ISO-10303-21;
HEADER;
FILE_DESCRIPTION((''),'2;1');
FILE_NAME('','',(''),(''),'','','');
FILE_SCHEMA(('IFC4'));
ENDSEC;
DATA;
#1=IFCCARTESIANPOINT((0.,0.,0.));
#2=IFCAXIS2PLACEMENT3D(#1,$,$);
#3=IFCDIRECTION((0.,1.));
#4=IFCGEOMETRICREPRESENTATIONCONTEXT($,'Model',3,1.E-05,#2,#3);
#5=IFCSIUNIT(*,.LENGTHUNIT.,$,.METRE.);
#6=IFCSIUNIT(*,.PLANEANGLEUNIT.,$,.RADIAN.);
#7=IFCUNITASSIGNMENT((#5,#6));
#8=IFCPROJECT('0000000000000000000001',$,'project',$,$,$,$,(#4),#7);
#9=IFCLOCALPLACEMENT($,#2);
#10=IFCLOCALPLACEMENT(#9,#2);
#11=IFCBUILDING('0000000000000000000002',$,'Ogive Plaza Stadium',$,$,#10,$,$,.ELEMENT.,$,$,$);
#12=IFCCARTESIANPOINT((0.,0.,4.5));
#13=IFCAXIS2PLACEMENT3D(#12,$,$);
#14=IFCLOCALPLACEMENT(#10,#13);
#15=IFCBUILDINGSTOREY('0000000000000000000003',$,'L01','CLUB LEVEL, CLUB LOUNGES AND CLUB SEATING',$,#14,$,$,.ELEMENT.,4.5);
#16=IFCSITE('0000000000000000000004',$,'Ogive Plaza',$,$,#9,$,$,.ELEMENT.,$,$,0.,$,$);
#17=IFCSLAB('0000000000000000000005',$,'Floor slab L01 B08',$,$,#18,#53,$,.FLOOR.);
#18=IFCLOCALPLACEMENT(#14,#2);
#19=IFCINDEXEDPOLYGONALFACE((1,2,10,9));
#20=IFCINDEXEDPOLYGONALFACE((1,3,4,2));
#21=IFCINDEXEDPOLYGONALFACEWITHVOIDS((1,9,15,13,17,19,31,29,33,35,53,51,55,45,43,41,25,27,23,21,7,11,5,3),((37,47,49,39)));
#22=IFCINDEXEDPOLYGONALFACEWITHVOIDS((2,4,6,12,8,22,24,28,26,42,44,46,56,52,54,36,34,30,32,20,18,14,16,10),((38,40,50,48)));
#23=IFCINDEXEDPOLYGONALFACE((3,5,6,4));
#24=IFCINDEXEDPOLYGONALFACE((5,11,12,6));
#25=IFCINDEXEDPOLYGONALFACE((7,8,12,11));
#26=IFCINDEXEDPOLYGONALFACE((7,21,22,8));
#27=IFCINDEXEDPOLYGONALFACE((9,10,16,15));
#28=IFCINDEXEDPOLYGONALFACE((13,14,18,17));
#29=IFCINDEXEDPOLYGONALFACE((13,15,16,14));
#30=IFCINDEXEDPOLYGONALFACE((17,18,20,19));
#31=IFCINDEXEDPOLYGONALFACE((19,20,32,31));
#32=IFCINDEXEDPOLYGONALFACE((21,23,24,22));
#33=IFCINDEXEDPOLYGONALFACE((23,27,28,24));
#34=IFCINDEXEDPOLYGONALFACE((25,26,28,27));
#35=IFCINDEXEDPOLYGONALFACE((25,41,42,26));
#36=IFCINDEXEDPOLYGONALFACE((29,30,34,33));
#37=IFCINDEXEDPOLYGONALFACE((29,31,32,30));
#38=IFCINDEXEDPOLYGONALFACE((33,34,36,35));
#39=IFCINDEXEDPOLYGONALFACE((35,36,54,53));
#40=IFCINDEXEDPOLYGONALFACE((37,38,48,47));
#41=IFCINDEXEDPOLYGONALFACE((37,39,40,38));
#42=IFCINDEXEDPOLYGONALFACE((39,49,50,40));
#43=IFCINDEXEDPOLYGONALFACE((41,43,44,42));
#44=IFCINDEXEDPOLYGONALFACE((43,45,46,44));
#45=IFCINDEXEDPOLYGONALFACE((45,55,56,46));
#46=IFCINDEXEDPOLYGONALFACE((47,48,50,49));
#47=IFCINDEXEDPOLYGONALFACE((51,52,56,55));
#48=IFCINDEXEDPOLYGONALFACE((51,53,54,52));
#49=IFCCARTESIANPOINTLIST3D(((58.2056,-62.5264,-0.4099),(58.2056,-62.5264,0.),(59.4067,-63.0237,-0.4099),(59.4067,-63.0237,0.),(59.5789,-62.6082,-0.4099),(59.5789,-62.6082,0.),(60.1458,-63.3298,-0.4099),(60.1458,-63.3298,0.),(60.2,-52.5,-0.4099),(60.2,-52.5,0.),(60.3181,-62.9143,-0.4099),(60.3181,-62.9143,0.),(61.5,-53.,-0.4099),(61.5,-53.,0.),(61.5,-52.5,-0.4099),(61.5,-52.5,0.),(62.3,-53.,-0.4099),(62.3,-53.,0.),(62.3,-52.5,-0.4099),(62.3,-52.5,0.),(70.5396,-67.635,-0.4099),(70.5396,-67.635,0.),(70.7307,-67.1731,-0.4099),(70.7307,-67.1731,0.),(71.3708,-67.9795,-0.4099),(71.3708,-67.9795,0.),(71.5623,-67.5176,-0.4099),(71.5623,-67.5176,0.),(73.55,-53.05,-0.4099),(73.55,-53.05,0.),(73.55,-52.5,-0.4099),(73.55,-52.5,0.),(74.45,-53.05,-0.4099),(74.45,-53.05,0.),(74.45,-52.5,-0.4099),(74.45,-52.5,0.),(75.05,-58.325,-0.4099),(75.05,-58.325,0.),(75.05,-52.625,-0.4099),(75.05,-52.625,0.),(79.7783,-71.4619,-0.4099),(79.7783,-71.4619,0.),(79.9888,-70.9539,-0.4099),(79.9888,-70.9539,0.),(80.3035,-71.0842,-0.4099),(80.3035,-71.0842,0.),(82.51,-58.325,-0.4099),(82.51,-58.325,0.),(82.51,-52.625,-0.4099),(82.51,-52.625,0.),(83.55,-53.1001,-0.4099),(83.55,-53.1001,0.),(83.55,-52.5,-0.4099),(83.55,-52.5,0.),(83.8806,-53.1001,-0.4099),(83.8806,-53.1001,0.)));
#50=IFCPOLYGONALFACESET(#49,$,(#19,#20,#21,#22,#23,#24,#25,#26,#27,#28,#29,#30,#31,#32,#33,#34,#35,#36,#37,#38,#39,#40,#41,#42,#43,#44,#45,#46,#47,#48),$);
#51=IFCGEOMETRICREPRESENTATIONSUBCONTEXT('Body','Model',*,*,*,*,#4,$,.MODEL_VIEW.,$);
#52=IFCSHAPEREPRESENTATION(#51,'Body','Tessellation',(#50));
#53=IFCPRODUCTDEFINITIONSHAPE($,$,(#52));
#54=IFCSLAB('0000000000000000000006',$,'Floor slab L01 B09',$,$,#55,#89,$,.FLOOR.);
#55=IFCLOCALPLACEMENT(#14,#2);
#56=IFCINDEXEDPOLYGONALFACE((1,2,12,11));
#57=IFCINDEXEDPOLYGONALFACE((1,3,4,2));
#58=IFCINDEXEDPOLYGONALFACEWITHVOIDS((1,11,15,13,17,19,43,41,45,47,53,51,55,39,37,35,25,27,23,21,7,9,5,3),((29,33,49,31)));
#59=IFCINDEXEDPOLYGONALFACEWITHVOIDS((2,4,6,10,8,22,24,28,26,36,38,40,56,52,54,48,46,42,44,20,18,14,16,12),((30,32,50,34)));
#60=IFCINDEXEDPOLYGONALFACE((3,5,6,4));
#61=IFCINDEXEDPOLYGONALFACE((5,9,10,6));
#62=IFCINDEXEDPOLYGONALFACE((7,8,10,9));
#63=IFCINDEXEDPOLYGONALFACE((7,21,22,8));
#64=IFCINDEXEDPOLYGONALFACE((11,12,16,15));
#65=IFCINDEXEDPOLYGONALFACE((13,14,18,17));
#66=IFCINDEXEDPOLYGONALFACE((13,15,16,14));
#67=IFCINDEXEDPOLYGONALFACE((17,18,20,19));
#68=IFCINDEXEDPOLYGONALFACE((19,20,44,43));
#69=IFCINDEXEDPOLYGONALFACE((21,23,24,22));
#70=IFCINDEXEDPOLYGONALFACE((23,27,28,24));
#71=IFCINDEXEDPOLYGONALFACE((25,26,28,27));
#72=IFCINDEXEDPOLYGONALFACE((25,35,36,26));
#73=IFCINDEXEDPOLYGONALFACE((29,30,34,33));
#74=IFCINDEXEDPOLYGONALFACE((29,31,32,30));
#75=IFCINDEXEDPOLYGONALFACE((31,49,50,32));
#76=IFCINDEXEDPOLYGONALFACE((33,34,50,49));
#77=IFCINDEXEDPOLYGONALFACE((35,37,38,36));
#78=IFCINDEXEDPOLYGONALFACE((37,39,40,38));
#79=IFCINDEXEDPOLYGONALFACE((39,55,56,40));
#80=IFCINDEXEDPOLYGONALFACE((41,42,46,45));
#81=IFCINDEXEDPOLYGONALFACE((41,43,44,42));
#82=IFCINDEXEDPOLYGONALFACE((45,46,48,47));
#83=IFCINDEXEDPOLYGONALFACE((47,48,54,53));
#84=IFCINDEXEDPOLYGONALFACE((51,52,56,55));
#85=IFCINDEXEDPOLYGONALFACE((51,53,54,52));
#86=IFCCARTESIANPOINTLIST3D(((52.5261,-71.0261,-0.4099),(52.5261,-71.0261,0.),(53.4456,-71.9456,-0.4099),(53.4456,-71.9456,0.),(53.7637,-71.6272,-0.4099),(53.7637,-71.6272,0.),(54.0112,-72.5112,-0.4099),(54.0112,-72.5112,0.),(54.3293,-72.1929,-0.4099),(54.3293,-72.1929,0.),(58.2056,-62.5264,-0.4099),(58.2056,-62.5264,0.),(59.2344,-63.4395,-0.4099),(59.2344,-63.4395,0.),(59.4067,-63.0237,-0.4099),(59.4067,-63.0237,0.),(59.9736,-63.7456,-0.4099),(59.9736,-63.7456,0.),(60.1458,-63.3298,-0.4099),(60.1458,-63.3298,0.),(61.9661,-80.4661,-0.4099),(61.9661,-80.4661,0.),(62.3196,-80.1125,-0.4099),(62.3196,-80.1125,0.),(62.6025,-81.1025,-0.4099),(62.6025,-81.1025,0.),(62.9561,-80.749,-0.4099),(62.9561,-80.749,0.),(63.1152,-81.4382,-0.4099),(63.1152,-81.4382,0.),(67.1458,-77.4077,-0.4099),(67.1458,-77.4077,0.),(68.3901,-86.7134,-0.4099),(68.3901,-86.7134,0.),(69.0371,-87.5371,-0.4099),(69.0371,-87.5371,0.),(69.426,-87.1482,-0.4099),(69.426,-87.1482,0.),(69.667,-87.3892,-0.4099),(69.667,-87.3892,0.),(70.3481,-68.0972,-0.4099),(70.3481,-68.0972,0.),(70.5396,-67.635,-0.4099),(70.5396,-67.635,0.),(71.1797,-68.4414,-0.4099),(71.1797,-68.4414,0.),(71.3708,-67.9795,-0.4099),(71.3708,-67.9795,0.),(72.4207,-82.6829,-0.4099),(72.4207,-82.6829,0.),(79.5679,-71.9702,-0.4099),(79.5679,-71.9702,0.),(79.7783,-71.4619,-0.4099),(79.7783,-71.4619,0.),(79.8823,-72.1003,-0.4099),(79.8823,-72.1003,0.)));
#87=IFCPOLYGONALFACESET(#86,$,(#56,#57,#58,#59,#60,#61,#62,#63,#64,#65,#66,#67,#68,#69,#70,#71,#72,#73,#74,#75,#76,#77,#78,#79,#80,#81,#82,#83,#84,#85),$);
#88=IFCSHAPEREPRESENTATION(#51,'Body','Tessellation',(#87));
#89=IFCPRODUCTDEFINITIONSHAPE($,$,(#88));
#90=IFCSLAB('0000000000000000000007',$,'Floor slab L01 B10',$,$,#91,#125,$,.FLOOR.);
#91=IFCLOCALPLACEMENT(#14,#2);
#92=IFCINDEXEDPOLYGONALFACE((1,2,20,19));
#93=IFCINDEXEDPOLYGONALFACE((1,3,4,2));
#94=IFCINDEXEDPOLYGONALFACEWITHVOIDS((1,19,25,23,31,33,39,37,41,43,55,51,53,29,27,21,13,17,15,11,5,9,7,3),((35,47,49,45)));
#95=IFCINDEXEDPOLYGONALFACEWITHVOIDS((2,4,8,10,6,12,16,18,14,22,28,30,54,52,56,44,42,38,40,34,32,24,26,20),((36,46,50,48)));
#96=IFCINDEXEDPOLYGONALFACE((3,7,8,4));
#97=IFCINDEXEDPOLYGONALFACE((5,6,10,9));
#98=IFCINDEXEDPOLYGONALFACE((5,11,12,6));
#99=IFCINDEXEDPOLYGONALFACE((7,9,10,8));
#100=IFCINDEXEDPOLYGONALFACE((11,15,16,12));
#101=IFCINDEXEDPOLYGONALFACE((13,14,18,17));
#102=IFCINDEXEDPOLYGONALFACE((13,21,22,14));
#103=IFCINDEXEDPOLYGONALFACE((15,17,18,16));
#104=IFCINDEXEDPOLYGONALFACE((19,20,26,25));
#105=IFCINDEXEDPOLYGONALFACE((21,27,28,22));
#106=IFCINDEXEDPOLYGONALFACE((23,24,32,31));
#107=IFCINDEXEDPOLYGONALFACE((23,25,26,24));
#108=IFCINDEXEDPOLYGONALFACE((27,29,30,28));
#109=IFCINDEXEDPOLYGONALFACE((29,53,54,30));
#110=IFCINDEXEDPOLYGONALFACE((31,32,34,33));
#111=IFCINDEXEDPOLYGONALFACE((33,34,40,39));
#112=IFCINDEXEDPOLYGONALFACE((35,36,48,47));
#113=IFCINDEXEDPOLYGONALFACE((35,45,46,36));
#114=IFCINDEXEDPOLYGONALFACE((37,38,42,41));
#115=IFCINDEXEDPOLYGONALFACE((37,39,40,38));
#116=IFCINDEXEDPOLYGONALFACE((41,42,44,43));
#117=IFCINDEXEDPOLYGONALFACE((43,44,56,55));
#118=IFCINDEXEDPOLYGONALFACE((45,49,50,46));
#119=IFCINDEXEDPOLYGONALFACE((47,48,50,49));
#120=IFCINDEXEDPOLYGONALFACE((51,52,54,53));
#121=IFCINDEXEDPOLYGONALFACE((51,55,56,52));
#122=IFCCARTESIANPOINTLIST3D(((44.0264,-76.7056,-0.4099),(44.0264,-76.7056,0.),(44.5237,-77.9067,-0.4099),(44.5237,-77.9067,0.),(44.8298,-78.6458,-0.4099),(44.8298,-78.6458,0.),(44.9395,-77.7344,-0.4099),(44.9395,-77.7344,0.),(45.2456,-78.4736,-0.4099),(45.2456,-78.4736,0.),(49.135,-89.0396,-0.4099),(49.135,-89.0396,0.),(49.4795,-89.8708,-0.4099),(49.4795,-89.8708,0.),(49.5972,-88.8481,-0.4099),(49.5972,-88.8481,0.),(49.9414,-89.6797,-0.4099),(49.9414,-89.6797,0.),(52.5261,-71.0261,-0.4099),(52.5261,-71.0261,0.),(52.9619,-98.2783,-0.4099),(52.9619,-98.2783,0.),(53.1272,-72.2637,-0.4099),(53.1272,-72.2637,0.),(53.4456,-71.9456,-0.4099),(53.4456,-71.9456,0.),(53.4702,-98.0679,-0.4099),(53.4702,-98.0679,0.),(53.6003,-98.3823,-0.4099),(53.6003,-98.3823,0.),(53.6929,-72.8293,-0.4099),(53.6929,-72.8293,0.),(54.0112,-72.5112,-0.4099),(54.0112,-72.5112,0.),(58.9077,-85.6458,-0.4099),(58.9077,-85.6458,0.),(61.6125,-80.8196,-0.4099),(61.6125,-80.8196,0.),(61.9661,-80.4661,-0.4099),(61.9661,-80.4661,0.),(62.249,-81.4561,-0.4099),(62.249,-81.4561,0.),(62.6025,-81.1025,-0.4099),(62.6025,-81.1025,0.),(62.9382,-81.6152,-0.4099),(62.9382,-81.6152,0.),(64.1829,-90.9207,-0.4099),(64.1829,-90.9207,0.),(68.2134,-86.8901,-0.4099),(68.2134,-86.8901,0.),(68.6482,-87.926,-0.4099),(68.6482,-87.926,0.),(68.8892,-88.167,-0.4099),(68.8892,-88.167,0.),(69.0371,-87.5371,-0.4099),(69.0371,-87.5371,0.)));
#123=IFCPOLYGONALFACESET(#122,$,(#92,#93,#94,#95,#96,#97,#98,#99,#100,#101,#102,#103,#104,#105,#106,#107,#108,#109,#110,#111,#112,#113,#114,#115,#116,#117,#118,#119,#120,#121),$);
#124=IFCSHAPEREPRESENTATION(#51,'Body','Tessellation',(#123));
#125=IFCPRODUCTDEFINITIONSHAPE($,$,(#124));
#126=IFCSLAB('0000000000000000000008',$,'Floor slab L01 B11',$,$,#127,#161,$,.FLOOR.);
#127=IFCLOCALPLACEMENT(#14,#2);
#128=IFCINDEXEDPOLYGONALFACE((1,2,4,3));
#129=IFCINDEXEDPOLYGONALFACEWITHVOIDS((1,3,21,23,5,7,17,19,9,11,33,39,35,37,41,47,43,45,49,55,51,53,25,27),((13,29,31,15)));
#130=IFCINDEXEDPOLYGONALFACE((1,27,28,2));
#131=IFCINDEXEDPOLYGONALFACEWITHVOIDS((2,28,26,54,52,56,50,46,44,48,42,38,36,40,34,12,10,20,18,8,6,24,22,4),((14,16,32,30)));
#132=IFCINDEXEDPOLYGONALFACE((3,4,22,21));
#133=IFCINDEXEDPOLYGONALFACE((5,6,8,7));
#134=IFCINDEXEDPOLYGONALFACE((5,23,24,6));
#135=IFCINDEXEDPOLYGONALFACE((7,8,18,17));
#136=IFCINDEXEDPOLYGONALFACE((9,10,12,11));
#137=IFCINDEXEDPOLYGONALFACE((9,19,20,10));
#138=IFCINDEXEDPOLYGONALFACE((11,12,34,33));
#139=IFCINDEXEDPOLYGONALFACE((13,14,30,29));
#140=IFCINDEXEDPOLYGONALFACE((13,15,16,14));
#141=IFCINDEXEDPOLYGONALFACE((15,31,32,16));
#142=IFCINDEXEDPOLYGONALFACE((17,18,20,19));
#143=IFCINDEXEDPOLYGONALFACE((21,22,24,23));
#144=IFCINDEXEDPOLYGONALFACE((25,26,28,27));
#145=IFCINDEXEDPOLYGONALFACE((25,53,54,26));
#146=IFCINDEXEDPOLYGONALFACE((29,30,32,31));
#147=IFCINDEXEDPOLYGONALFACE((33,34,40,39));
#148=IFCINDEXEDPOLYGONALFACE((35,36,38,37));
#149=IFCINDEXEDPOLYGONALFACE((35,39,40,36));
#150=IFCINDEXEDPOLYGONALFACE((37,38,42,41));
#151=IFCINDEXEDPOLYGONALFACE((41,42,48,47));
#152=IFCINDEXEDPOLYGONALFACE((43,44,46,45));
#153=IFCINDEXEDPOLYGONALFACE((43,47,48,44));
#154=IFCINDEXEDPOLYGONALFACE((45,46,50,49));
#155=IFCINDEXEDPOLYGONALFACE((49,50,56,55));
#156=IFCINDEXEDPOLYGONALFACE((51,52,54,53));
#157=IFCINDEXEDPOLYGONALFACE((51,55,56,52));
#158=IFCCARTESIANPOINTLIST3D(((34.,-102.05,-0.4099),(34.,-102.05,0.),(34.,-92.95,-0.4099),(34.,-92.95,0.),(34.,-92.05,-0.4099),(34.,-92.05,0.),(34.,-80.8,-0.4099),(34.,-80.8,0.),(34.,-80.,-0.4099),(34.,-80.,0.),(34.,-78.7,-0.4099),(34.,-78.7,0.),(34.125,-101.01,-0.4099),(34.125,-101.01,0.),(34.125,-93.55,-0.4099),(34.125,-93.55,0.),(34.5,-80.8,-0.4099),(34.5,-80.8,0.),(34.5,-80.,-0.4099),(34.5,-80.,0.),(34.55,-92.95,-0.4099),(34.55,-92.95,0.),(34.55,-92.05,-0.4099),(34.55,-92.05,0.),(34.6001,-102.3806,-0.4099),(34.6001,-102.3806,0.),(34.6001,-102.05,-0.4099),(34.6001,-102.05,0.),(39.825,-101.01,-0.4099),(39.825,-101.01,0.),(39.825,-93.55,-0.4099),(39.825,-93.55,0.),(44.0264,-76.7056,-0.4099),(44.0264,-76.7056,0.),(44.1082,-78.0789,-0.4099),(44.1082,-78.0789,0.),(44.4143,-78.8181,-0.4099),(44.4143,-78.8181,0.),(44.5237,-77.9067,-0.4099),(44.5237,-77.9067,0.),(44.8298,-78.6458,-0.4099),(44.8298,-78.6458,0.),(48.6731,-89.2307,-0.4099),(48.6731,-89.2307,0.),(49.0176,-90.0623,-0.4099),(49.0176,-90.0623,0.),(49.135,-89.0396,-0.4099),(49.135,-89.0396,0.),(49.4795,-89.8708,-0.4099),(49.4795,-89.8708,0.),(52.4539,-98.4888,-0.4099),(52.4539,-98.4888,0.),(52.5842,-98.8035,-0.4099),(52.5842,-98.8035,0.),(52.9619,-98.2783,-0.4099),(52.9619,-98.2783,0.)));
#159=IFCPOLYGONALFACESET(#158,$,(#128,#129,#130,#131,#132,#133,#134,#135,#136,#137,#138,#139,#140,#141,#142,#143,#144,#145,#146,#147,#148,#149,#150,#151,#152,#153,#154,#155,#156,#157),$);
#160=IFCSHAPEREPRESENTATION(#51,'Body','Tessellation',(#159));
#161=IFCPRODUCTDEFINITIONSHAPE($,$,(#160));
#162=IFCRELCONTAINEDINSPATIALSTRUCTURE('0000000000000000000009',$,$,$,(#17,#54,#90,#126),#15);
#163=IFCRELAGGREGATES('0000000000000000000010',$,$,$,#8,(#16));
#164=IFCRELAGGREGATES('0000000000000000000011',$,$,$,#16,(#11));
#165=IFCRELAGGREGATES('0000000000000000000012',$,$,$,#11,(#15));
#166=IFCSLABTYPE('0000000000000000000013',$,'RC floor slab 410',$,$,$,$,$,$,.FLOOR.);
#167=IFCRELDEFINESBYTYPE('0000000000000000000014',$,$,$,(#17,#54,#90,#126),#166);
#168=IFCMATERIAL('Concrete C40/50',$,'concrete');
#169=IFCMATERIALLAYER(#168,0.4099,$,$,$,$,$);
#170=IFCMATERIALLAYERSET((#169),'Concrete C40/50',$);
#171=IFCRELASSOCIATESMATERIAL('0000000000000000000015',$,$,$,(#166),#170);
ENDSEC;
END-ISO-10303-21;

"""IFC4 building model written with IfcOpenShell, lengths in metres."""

from ifc_helpers import new_model, si_unit, direction, frame, origin, place, context, subcontext, project, spatial, polyline, outline, extrude, material, layer, layer_set, type_object, element, save


model = new_model("IFC4")

# Units and contexts
model_context = context("Model", 3, precision=1e-05, world=origin(), true_north=direction((0.0, 1.0)))
body_context = subcontext(model_context, "Body", "Model", "MODEL_VIEW")
ifc_project = project(units=[si_unit("LENGTHUNIT", "METRE"), si_unit("PLANEANGLEUNIT", "RADIAN")], contexts=[model_context])

# Site, building, storey
site_placement = place(None, origin())
site = spatial("IfcSite", under=ifc_project, at=site_placement, Name="Ogive Plaza", CompositionType="ELEMENT", RefElevation=0.0)
building_placement = place(site_placement, origin())
building = spatial("IfcBuilding", under=site, at=building_placement, Name="Ogive Plaza Stadium", CompositionType="ELEMENT")
storey_placement = place(building_placement, frame((0.0, 0.0, 4.5)))
storey = spatial("IfcBuildingStorey", under=building, at=storey_placement, Name="L01", Description="CLUB LEVEL, CLUB LOUNGES AND CLUB SEATING", CompositionType="ELEMENT", Elevation=4.5)

# Slabs
ifc_material = material(Name="Concrete C40/50", Category="concrete")
ifc_layer = layer(ifc_material, 0.4099)
ifc_layer_set = layer_set([ifc_layer], Name="Concrete C40/50")
slab_type = type_object("IfcSlabType", Name="RC floor slab 410", PredefinedType="FLOOR", material=ifc_layer_set)
slab_1_placement = place(storey_placement, frame((0.0, 0.0, -0.4099)))
element("IfcSlab", 1, at=slab_1_placement, inside=storey, type_object=slab_type, Name="Floor slab L01 B08", PredefinedType="FLOOR", context=body_context, shape_type="SweptSolid", body=[
    extrude(outline(polyline([(59.4067, -63.0237), (59.5789, -62.6082), (60.3181, -62.9143), (60.1458, -63.3298), (70.5396, -67.635), (70.7307, -67.1731), (71.5623, -67.5176), (71.3708, -67.9795), (79.7783, -71.4619), (79.9888, -70.9539), (80.3035, -71.0842), (83.8806, -53.1001), (83.55, -53.1001), (83.55, -52.5), (74.45, -52.5), (74.45, -53.05), (73.55, -53.05), (73.55, -52.5), (62.3, -52.5), (62.3, -53.0), (61.5, -53.0), (61.5, -52.5), (60.2, -52.5), (58.2056, -62.5264), (59.4067, -63.0237)]), holes=[polyline([(75.05, -52.625), (75.05, -58.325), (82.51, -58.325), (82.51, -52.625), (75.05, -52.625)])]), origin(), (0.0, 0.0, 1.0), 0.4099),
])
slab_2_placement = place(storey_placement, frame((0.0, 0.0, -0.4099)))
element("IfcSlab", 2, at=slab_2_placement, inside=storey, type_object=slab_type, Name="Floor slab L01 B09", PredefinedType="FLOOR", context=body_context, shape_type="SweptSolid", body=[
    extrude(outline(polyline([(53.4456, -71.9456), (53.7637, -71.6272), (54.3293, -72.1929), (54.0112, -72.5112), (61.9661, -80.4661), (62.3196, -80.1125), (62.9561, -80.749), (62.6025, -81.1025), (69.0371, -87.5371), (69.426, -87.1482), (69.667, -87.3892), (79.8823, -72.1003), (79.5679, -71.9702), (79.7783, -71.4619), (71.3708, -67.9795), (71.1797, -68.4414), (70.3481, -68.0972), (70.5396, -67.635), (60.1458, -63.3298), (59.9736, -63.7456), (59.2344, -63.4395), (59.4067, -63.0237), (58.2056, -62.5264), (52.5261, -71.0261), (53.4456, -71.9456)]), holes=[polyline([(67.1458, -77.4077), (63.1152, -81.4382), (68.3901, -86.7134), (72.4207, -82.6829), (67.1458, -77.4077)])]), origin(), (0.0, 0.0, 1.0), 0.4099),
])
slab_3_placement = place(storey_placement, frame((0.0, 0.0, -0.4099)))
element("IfcSlab", 3, at=slab_3_placement, inside=storey, type_object=slab_type, Name="Floor slab L01 B10", PredefinedType="FLOOR", context=body_context, shape_type="SweptSolid", body=[
    extrude(outline(polyline([(44.5237, -77.9067), (44.9395, -77.7344), (45.2456, -78.4736), (44.8298, -78.6458), (49.135, -89.0396), (49.5972, -88.8481), (49.9414, -89.6797), (49.4795, -89.8708), (52.9619, -98.2783), (53.4702, -98.0679), (53.6003, -98.3823), (68.8892, -88.167), (68.6482, -87.926), (69.0371, -87.5371), (62.6025, -81.1025), (62.249, -81.4561), (61.6125, -80.8196), (61.9661, -80.4661), (54.0112, -72.5112), (53.6929, -72.8293), (53.1272, -72.2637), (53.4456, -71.9456), (52.5261, -71.0261), (44.0264, -76.7056), (44.5237, -77.9067)]), holes=[polyline([(62.9382, -81.6152), (58.9077, -85.6458), (64.1829, -90.9207), (68.2134, -86.8901), (62.9382, -81.6152)])]), origin(), (0.0, 0.0, 1.0), 0.4099),
])
slab_4_placement = place(storey_placement, frame((0.0, 0.0, -0.4099)))
element("IfcSlab", 4, at=slab_4_placement, inside=storey, type_object=slab_type, Name="Floor slab L01 B11", PredefinedType="FLOOR", context=body_context, shape_type="SweptSolid", body=[
    extrude(outline(polyline([(34.0, -80.0), (34.5, -80.0), (34.5, -80.8), (34.0, -80.8), (34.0, -92.05), (34.55, -92.05), (34.55, -92.95), (34.0, -92.95), (34.0, -102.05), (34.6001, -102.05), (34.6001, -102.3806), (52.5842, -98.8035), (52.4539, -98.4888), (52.9619, -98.2783), (49.4795, -89.8708), (49.0176, -90.0623), (48.6731, -89.2307), (49.135, -89.0396), (44.8298, -78.6458), (44.4143, -78.8181), (44.1082, -78.0789), (44.5237, -77.9067), (44.0264, -76.7056), (34.0, -78.7), (34.0, -80.0)]), holes=[polyline([(39.825, -93.55), (34.125, -93.55), (34.125, -101.01), (39.825, -101.01), (39.825, -93.55)])]), origin(), (0.0, 0.0, 1.0), 0.4099),
])

save(model, "model.ifc")
